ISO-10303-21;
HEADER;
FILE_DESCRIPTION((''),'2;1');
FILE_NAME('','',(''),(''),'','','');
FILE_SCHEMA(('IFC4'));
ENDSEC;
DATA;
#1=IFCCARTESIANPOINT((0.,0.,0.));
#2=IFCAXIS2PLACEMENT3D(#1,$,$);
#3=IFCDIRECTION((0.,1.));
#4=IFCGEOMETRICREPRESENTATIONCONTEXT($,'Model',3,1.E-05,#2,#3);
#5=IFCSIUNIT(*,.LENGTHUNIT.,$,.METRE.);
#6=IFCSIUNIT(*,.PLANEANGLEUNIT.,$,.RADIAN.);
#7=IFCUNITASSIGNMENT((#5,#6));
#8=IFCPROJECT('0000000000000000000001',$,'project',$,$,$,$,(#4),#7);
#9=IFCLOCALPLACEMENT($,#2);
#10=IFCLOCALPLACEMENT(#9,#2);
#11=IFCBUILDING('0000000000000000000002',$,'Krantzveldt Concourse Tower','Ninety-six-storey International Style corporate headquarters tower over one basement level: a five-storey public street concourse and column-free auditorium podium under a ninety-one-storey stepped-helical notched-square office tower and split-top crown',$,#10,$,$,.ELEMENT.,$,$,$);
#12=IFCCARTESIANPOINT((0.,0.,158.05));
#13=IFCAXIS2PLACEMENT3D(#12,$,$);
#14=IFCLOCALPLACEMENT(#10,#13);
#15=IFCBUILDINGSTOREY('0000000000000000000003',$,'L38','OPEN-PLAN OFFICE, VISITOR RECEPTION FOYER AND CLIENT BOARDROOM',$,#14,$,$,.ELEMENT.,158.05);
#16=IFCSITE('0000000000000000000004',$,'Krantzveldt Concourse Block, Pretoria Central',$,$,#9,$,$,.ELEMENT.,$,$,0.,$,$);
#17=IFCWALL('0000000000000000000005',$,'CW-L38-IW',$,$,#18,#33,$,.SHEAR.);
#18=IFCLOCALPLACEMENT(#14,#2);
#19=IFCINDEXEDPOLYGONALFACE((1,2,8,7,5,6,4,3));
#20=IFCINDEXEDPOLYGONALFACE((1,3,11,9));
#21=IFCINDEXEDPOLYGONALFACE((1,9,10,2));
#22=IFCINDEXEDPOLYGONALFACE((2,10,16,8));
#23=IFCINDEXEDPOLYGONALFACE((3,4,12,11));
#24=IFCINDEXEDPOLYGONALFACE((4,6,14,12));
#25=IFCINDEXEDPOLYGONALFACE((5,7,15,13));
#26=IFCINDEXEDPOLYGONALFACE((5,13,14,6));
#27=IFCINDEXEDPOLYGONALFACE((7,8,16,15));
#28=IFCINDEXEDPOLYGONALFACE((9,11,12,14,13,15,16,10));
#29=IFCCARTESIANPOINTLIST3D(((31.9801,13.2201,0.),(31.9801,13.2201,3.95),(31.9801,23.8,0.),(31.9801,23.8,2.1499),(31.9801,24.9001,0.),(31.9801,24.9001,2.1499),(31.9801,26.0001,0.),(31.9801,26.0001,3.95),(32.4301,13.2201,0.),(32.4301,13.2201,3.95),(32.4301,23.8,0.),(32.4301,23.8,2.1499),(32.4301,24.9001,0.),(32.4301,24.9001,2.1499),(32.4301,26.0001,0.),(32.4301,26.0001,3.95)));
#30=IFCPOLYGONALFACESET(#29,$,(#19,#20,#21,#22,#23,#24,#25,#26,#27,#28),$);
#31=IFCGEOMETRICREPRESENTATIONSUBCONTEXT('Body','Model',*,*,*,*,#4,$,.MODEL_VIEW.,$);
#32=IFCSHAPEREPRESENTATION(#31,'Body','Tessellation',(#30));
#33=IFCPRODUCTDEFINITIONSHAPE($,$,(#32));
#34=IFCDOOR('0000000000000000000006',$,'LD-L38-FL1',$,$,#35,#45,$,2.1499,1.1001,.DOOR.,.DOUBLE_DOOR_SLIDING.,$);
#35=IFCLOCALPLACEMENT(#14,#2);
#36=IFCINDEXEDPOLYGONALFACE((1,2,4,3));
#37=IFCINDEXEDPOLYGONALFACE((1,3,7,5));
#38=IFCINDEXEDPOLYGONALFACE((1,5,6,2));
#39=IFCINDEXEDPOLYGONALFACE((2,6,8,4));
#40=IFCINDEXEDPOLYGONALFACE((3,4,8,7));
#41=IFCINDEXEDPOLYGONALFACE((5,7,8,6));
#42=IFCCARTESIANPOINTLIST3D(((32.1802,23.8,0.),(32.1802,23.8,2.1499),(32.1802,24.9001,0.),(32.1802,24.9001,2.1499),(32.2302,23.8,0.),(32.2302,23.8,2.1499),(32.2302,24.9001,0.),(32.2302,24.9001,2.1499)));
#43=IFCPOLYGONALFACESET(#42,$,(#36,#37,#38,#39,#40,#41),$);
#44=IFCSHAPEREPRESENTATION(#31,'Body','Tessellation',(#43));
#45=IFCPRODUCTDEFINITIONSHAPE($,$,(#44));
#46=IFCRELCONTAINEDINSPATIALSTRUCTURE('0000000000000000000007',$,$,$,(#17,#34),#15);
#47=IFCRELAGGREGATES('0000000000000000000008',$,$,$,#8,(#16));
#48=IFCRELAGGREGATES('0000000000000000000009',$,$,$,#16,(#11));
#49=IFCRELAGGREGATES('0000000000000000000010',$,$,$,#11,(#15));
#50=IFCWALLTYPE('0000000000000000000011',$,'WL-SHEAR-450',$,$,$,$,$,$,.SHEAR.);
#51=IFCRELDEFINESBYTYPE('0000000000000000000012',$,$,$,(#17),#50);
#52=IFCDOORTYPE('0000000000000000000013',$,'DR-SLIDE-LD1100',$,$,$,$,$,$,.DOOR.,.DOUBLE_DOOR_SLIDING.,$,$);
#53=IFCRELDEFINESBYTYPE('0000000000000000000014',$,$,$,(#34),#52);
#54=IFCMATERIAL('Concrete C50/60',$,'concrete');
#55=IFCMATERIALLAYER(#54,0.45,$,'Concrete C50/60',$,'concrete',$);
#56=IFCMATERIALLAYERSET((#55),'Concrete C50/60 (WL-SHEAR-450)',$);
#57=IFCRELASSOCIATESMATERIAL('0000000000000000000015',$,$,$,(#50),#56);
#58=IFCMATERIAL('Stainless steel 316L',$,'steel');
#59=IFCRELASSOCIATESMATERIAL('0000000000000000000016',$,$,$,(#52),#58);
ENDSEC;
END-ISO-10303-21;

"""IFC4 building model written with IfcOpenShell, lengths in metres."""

from ifc_helpers import new_model, si_unit, direction, frame, frame_2d, origin, place, context, subcontext, project, spatial, rectangle, extrude, material, layer, layer_set, type_object, element, fill, save


model = new_model("IFC4")

# Units and contexts
model_context = context("Model", 3, precision=1e-05, world=origin(), true_north=direction((0.0, 1.0)))
body_context = subcontext(model_context, "Body", "Model", "MODEL_VIEW")
ifc_project = project(units=[si_unit("LENGTHUNIT", "METRE"), si_unit("PLANEANGLEUNIT", "RADIAN")], contexts=[model_context])

# Site, building, storey
site_placement = place(None, origin())
site = spatial("IfcSite", under=ifc_project, at=site_placement, Name="Krantzveldt Concourse Block, Pretoria Central", CompositionType="ELEMENT", RefElevation=0.0)
building_placement = place(site_placement, origin())
building = spatial("IfcBuilding", under=site, at=building_placement, Name="Krantzveldt Concourse Tower", Description="Ninety-six-storey International Style corporate headquarters tower over one basement level: a five-storey public street concourse and column-free auditorium podium under a ninety-one-storey stepped-helical notched-square office tower and split-top crown", CompositionType="ELEMENT")
storey_placement = place(building_placement, frame((0.0, 0.0, 158.05)))
storey = spatial("IfcBuildingStorey", under=building, at=storey_placement, Name="L38", Description="OPEN-PLAN OFFICE, VISITOR RECEPTION FOYER AND CLIENT BOARDROOM", CompositionType="ELEMENT", Elevation=158.05)

# Shared definitions
ifc_material_1 = material(Name="Concrete C50/60", Category="concrete")

# Wall, opening, door
ifc_layer_1 = layer(ifc_material_1, 0.45, Name="Concrete C50/60", Category="concrete")
ifc_layer_set_1 = layer_set([ifc_layer_1], Name="Concrete C50/60 (WL-SHEAR-450)")
wall_type_1 = type_object("IfcWallType", Name="WL-SHEAR-450", PredefinedType="SHEAR", material=ifc_layer_set_1)
wall_1_placement = place(storey_placement, frame((32.2051, 13.22, 0.0), z_axis=(0.0, 0.0, 1.0), x_axis=(0.0, 1.0, 0.0)))
wall_1 = element("IfcWall", 1, at=wall_1_placement, inside=storey, type_object=wall_type_1, Name="CW-L38-IW", PredefinedType="SHEAR", context=body_context, shape_type="SweptSolid", body=[
    extrude(rectangle(XDim=12.78, YDim=0.45, at=frame_2d((6.3901, 0.0))), origin(), (0.0, 0.0, 1.0), 3.95),
])
opening_1_placement = place(wall_1_placement, frame((10.5801, 0.0, 0.0)))
opening_1 = element("IfcOpeningElement", 2, at=opening_1_placement, cuts=wall_1, PredefinedType="OPENING", context=body_context, shape_type="SweptSolid", body=[
    extrude(rectangle(XDim=1.1001, YDim=2.1499, at=frame_2d((0.55, 1.075))), frame((0.0, 0.2349, 0.0), z_axis=(0.0, -1.0, 0.0), x_axis=(1.0, 0.0, 0.0)), (0.0, 0.0, 1.0), 0.47),
])
ifc_material_2 = material(Name="Stainless steel 316L", Category="steel")
door_type_1 = type_object("IfcDoorType", Name="DR-SLIDE-LD1100", OperationType="DOUBLE_DOOR_SLIDING", PredefinedType="DOOR", material=ifc_material_2)
door_1_placement = place(opening_1_placement, origin())
door_1 = element("IfcDoor", 3, at=door_1_placement, inside=storey, type_object=door_type_1, Name="LD-L38-FL1", OperationType="DOUBLE_DOOR_SLIDING", OverallHeight=2.1499, OverallWidth=1.1001, PredefinedType="DOOR", context=body_context, shape_type="SweptSolid", body=[
    extrude(rectangle(XDim=1.1001, YDim=2.1499, at=frame_2d((0.55, 1.075))), frame((0.0, 0.0249, 0.0), z_axis=(0.0, -1.0, 0.0), x_axis=(1.0, 0.0, 0.0)), (0.0, 0.0, 1.0), 0.05),
])
fill(opening_1, door_1)

save(model, "model.ifc")
